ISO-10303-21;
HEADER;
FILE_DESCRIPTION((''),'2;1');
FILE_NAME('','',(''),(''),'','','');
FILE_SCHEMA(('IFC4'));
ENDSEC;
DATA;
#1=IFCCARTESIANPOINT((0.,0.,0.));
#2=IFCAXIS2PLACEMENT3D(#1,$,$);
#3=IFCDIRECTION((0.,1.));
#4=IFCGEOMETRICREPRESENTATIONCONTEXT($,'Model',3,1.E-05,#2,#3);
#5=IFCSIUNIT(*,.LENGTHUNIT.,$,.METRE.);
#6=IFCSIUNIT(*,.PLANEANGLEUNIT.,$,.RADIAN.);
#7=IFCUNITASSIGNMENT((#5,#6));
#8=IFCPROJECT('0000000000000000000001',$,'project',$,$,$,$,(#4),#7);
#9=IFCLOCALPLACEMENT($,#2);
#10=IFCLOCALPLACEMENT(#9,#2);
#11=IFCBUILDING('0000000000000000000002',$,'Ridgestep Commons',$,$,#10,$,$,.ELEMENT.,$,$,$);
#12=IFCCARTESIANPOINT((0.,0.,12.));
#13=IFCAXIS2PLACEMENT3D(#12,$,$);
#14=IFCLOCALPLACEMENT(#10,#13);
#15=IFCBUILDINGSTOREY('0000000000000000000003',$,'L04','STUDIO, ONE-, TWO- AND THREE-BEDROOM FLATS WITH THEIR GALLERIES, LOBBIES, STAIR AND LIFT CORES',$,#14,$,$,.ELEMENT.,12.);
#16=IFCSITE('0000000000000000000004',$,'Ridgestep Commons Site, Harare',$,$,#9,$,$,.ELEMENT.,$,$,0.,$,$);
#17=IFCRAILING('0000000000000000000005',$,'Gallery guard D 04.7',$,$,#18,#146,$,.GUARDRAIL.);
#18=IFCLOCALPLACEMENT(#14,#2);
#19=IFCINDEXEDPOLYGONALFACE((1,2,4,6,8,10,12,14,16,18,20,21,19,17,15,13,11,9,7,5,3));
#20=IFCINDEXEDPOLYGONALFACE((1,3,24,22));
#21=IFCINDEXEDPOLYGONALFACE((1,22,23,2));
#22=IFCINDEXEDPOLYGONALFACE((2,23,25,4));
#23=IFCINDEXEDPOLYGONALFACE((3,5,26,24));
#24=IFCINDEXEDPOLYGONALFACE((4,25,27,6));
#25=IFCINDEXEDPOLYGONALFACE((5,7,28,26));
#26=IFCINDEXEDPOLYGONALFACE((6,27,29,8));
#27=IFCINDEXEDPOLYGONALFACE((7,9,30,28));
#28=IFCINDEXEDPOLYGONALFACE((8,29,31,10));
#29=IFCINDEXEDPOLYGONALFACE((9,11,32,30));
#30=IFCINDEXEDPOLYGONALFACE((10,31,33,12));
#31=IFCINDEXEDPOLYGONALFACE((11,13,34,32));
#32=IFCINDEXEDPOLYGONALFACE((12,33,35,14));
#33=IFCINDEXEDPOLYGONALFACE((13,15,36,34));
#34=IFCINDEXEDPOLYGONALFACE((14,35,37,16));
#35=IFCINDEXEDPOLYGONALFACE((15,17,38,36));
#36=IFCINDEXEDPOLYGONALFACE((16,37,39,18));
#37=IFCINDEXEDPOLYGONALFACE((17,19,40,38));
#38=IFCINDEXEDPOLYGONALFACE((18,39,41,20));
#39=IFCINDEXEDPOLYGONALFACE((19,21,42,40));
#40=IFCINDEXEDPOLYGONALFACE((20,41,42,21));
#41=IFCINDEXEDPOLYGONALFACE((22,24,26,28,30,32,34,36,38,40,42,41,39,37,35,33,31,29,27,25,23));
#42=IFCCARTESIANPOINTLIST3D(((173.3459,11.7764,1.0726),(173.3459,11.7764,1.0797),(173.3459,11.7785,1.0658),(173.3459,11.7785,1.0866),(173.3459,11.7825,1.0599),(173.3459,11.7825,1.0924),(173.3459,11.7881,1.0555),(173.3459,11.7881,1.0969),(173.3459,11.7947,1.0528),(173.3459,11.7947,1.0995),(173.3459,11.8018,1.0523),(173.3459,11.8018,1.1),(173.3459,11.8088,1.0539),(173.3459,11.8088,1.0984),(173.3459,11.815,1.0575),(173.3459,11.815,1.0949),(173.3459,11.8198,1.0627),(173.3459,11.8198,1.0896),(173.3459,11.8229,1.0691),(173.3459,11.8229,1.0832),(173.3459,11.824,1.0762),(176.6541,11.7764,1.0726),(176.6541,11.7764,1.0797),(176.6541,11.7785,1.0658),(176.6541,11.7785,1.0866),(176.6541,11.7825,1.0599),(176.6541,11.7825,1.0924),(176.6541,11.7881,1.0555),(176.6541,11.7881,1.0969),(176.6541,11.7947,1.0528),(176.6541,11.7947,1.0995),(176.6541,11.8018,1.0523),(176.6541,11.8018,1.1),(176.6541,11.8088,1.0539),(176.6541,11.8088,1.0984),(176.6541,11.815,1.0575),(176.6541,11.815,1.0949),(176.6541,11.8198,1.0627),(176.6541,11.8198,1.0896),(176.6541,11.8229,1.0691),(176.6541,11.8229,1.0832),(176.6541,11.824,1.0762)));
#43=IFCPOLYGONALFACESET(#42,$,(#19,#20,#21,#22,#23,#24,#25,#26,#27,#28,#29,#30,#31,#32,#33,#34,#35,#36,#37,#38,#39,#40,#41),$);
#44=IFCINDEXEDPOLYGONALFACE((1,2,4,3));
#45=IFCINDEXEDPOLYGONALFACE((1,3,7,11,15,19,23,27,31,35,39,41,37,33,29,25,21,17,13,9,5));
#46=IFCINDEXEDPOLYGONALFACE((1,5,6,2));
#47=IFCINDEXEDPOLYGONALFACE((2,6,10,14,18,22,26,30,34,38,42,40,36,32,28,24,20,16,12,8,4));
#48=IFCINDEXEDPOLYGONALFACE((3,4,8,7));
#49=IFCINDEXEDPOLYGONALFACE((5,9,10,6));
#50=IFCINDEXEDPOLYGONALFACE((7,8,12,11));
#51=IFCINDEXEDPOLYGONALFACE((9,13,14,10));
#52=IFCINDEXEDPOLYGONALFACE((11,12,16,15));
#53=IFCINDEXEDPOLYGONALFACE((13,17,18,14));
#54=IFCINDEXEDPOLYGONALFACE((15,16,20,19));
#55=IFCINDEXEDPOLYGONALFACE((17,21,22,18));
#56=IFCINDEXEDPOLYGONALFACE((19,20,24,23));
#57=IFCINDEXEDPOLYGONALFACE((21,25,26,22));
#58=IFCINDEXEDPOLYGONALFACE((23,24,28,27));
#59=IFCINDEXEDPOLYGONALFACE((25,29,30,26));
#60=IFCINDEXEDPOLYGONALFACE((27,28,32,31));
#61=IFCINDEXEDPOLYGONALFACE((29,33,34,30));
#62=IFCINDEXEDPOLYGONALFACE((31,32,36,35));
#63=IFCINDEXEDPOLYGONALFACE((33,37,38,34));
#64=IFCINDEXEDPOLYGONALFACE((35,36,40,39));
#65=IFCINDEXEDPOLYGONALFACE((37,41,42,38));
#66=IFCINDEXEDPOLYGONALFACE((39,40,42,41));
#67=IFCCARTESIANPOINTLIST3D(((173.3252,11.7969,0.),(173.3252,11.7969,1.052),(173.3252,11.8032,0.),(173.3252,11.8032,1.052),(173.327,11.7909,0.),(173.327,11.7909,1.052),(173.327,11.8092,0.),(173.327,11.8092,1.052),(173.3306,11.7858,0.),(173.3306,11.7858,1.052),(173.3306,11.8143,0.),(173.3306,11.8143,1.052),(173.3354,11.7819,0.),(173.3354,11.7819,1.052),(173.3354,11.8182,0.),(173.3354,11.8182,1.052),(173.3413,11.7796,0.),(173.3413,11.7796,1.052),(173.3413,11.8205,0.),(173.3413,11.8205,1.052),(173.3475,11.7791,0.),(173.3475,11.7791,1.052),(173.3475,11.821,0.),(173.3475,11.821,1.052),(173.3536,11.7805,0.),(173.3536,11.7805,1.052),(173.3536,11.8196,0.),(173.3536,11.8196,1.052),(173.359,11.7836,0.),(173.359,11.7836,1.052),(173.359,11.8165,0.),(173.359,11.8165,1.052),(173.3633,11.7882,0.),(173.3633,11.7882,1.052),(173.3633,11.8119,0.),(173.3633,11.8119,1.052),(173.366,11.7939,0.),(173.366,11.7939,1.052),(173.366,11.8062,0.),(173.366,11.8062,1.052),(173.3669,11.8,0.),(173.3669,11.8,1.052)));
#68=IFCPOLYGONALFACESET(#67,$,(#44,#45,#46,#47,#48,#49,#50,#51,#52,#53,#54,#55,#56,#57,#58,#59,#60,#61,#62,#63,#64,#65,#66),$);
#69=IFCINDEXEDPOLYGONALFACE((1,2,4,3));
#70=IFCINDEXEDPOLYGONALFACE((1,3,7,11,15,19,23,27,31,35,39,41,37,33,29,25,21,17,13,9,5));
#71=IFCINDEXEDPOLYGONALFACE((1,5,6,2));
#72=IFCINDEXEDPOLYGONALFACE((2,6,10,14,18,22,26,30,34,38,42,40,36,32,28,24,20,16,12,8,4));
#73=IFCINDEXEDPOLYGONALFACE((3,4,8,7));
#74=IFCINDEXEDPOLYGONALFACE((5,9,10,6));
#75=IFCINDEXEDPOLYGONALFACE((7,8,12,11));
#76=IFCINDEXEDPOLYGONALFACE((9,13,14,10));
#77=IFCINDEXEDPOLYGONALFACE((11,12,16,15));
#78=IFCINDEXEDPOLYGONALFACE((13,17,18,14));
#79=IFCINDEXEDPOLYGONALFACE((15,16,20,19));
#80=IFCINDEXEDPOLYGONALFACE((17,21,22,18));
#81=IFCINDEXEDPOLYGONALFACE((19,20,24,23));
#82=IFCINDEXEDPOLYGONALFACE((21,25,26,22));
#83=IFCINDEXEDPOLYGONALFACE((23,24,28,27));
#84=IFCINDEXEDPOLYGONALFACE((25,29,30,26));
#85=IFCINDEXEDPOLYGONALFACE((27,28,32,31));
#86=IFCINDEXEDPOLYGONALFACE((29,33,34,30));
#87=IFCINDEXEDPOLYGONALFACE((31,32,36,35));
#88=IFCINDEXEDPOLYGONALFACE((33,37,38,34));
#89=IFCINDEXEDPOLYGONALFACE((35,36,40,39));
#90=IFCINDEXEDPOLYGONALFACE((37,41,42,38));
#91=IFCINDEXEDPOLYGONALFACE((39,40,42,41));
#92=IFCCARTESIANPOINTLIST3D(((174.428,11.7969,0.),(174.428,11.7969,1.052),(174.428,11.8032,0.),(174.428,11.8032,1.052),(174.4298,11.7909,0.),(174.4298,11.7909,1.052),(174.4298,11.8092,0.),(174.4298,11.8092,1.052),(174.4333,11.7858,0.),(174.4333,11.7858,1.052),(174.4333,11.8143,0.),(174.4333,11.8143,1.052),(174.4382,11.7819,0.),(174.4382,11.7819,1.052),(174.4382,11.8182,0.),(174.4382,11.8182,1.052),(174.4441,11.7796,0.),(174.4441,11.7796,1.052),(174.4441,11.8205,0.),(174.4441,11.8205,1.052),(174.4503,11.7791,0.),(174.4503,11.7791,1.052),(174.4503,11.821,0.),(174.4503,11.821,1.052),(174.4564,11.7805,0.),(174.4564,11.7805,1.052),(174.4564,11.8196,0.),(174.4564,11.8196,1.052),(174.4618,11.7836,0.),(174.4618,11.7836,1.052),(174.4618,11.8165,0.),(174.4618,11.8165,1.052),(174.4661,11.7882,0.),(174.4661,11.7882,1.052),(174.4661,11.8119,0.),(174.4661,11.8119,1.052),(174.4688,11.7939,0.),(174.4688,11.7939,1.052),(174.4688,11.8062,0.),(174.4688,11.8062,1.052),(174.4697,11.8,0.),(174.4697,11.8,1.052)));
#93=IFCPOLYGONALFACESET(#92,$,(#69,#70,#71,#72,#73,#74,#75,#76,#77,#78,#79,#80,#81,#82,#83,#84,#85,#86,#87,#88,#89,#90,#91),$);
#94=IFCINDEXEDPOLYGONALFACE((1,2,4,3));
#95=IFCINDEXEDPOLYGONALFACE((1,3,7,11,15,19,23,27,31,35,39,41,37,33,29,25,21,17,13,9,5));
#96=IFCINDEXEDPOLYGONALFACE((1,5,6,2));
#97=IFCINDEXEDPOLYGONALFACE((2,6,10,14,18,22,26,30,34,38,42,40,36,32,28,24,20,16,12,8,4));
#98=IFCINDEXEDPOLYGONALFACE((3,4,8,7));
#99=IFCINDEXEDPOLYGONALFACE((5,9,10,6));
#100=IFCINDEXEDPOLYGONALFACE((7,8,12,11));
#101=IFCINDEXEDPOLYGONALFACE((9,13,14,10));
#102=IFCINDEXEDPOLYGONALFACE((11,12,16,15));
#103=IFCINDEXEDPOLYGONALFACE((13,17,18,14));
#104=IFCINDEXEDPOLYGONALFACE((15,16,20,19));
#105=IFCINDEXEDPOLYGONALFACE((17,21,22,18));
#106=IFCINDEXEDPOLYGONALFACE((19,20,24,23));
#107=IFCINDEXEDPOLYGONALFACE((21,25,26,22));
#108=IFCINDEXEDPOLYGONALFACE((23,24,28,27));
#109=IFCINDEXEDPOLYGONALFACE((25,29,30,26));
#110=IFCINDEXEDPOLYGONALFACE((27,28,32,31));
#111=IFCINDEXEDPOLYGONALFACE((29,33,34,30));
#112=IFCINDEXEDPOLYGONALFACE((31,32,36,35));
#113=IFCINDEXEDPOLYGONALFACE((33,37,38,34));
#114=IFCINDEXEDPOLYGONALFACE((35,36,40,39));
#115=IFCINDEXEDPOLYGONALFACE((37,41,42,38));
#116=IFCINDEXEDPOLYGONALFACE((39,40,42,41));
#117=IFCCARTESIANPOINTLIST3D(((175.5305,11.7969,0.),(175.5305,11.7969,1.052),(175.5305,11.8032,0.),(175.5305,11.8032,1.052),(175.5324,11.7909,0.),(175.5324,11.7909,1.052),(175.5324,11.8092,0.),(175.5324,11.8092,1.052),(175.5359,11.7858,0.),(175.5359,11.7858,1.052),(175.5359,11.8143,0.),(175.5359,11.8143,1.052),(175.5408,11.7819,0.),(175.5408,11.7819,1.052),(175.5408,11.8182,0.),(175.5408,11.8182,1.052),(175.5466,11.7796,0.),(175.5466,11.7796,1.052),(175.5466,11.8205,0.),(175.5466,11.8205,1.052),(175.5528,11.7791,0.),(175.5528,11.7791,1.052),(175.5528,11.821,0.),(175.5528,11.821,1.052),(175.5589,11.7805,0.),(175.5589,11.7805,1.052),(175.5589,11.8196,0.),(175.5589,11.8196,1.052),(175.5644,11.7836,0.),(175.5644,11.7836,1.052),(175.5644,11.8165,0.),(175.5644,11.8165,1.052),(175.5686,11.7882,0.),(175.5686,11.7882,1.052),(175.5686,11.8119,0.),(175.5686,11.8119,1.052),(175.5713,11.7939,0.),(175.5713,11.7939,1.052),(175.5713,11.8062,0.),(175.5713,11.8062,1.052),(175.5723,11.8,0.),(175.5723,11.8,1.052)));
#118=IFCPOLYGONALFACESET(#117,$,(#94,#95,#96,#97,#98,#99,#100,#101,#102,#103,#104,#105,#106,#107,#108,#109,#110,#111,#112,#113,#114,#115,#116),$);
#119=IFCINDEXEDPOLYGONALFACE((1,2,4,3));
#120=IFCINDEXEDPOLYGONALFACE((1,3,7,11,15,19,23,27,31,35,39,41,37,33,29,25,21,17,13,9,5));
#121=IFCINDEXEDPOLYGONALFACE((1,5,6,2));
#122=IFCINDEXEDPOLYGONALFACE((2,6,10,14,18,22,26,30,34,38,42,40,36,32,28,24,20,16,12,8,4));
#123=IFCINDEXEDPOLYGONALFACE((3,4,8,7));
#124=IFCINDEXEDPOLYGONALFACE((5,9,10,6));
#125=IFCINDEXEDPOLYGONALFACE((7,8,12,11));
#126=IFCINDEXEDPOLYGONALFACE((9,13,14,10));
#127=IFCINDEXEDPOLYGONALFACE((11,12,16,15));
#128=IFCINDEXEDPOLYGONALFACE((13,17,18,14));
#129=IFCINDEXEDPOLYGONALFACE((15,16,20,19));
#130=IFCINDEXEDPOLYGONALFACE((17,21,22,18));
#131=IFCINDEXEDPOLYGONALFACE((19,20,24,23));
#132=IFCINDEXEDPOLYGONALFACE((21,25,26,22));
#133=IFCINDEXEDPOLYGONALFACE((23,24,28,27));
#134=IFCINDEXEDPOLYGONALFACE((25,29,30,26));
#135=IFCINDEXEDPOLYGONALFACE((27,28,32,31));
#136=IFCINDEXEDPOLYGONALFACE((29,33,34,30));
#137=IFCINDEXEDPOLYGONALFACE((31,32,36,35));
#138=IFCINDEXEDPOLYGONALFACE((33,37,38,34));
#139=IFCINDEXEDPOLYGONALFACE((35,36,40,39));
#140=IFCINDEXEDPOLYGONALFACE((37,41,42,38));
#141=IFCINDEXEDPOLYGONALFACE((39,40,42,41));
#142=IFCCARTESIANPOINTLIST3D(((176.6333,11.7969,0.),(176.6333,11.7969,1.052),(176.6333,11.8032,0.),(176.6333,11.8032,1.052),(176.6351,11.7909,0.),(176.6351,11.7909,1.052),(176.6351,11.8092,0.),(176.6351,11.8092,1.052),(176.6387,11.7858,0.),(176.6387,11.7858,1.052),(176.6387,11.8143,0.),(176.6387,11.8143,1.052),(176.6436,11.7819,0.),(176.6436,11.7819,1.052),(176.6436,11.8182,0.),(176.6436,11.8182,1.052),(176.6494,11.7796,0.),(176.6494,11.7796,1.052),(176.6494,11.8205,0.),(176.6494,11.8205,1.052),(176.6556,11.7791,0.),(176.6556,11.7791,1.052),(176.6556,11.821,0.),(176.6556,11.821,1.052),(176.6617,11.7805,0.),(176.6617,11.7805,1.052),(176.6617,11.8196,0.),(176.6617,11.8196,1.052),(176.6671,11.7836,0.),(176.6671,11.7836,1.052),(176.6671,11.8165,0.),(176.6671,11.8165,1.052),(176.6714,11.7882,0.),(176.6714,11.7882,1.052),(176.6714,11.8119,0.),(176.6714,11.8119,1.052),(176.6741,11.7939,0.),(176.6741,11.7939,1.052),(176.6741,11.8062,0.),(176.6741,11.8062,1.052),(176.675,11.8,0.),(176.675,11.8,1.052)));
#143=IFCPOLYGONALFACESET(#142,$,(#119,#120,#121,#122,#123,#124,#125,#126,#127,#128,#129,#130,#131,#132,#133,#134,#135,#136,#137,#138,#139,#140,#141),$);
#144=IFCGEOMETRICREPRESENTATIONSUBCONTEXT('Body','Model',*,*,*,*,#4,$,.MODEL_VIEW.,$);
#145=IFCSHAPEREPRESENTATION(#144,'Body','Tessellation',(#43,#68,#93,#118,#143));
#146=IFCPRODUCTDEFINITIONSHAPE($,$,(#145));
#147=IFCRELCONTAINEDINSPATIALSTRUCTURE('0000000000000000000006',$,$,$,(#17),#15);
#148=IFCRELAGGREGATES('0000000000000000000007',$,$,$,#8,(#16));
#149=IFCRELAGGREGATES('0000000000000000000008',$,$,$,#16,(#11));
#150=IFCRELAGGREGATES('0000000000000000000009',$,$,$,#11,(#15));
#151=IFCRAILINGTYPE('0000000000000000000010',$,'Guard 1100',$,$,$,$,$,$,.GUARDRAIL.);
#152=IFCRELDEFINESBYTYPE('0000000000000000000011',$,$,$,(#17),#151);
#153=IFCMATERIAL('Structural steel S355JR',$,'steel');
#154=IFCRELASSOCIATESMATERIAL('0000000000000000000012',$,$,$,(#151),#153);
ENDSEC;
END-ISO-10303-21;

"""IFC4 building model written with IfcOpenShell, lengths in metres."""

from ifc_helpers import new_model, si_unit, direction, frame, origin, origin_2d, place, context, subcontext, project, spatial, circle, extrude, material, type_object, element, save


model = new_model("IFC4")

# Units and contexts
model_context = context("Model", 3, precision=1e-05, world=origin(), true_north=direction((0.0, 1.0)))
body_context = subcontext(model_context, "Body", "Model", "MODEL_VIEW")
ifc_project = project(units=[si_unit("LENGTHUNIT", "METRE"), si_unit("PLANEANGLEUNIT", "RADIAN")], contexts=[model_context])

# Site, building, storey
site_placement = place(None, origin())
site = spatial("IfcSite", under=ifc_project, at=site_placement, Name="Ridgestep Commons Site, Harare", CompositionType="ELEMENT", RefElevation=0.0)
building_placement = place(site_placement, origin())
building = spatial("IfcBuilding", under=site, at=building_placement, Name="Ridgestep Commons", CompositionType="ELEMENT")
storey_placement = place(building_placement, frame((0.0, 0.0, 12.0)))
storey = spatial("IfcBuildingStorey", under=building, at=storey_placement, Name="L04", Description="STUDIO, ONE-, TWO- AND THREE-BEDROOM FLATS WITH THEIR GALLERIES, LOBBIES, STAIR AND LIFT CORES", CompositionType="ELEMENT", Elevation=12.0)

# Railing
ifc_material_1 = material(Name="Structural steel S355JR", Category="steel")
railing_type = type_object("IfcRailingType", Name="Guard 1100", PredefinedType="GUARDRAIL", material=ifc_material_1)
railing_1_placement = place(storey_placement, frame((173.3459, 11.8, 0.0)))
element("IfcRailing", 1, at=railing_1_placement, inside=storey, type_object=railing_type, Name="Gallery guard D 04.7", PredefinedType="GUARDRAIL", context=body_context, shape_type="SweptSolid", body=[
    extrude(circle(Radius=0.0239, at=origin_2d()), frame((0.0, 0.0, 1.0762), z_axis=(1.0, 0.0, 0.0), x_axis=(0.0, 1.0, 0.0)), (0.0, 0.0, 1.0), 3.3081),
    extrude(circle(Radius=0.021, at=origin_2d()), origin(), (0.0, 0.0, 1.0), 1.052),
    extrude(circle(Radius=0.021, at=origin_2d()), frame((1.1028, 0.0, 0.0)), (0.0, 0.0, 1.0), 1.052),
    extrude(circle(Radius=0.021, at=origin_2d()), frame((2.2053, 0.0, 0.0)), (0.0, 0.0, 1.0), 1.052),
    extrude(circle(Radius=0.021, at=origin_2d()), frame((3.3081, 0.0, 0.0)), (0.0, 0.0, 1.0), 1.052),
])

save(model, "model.ifc")
